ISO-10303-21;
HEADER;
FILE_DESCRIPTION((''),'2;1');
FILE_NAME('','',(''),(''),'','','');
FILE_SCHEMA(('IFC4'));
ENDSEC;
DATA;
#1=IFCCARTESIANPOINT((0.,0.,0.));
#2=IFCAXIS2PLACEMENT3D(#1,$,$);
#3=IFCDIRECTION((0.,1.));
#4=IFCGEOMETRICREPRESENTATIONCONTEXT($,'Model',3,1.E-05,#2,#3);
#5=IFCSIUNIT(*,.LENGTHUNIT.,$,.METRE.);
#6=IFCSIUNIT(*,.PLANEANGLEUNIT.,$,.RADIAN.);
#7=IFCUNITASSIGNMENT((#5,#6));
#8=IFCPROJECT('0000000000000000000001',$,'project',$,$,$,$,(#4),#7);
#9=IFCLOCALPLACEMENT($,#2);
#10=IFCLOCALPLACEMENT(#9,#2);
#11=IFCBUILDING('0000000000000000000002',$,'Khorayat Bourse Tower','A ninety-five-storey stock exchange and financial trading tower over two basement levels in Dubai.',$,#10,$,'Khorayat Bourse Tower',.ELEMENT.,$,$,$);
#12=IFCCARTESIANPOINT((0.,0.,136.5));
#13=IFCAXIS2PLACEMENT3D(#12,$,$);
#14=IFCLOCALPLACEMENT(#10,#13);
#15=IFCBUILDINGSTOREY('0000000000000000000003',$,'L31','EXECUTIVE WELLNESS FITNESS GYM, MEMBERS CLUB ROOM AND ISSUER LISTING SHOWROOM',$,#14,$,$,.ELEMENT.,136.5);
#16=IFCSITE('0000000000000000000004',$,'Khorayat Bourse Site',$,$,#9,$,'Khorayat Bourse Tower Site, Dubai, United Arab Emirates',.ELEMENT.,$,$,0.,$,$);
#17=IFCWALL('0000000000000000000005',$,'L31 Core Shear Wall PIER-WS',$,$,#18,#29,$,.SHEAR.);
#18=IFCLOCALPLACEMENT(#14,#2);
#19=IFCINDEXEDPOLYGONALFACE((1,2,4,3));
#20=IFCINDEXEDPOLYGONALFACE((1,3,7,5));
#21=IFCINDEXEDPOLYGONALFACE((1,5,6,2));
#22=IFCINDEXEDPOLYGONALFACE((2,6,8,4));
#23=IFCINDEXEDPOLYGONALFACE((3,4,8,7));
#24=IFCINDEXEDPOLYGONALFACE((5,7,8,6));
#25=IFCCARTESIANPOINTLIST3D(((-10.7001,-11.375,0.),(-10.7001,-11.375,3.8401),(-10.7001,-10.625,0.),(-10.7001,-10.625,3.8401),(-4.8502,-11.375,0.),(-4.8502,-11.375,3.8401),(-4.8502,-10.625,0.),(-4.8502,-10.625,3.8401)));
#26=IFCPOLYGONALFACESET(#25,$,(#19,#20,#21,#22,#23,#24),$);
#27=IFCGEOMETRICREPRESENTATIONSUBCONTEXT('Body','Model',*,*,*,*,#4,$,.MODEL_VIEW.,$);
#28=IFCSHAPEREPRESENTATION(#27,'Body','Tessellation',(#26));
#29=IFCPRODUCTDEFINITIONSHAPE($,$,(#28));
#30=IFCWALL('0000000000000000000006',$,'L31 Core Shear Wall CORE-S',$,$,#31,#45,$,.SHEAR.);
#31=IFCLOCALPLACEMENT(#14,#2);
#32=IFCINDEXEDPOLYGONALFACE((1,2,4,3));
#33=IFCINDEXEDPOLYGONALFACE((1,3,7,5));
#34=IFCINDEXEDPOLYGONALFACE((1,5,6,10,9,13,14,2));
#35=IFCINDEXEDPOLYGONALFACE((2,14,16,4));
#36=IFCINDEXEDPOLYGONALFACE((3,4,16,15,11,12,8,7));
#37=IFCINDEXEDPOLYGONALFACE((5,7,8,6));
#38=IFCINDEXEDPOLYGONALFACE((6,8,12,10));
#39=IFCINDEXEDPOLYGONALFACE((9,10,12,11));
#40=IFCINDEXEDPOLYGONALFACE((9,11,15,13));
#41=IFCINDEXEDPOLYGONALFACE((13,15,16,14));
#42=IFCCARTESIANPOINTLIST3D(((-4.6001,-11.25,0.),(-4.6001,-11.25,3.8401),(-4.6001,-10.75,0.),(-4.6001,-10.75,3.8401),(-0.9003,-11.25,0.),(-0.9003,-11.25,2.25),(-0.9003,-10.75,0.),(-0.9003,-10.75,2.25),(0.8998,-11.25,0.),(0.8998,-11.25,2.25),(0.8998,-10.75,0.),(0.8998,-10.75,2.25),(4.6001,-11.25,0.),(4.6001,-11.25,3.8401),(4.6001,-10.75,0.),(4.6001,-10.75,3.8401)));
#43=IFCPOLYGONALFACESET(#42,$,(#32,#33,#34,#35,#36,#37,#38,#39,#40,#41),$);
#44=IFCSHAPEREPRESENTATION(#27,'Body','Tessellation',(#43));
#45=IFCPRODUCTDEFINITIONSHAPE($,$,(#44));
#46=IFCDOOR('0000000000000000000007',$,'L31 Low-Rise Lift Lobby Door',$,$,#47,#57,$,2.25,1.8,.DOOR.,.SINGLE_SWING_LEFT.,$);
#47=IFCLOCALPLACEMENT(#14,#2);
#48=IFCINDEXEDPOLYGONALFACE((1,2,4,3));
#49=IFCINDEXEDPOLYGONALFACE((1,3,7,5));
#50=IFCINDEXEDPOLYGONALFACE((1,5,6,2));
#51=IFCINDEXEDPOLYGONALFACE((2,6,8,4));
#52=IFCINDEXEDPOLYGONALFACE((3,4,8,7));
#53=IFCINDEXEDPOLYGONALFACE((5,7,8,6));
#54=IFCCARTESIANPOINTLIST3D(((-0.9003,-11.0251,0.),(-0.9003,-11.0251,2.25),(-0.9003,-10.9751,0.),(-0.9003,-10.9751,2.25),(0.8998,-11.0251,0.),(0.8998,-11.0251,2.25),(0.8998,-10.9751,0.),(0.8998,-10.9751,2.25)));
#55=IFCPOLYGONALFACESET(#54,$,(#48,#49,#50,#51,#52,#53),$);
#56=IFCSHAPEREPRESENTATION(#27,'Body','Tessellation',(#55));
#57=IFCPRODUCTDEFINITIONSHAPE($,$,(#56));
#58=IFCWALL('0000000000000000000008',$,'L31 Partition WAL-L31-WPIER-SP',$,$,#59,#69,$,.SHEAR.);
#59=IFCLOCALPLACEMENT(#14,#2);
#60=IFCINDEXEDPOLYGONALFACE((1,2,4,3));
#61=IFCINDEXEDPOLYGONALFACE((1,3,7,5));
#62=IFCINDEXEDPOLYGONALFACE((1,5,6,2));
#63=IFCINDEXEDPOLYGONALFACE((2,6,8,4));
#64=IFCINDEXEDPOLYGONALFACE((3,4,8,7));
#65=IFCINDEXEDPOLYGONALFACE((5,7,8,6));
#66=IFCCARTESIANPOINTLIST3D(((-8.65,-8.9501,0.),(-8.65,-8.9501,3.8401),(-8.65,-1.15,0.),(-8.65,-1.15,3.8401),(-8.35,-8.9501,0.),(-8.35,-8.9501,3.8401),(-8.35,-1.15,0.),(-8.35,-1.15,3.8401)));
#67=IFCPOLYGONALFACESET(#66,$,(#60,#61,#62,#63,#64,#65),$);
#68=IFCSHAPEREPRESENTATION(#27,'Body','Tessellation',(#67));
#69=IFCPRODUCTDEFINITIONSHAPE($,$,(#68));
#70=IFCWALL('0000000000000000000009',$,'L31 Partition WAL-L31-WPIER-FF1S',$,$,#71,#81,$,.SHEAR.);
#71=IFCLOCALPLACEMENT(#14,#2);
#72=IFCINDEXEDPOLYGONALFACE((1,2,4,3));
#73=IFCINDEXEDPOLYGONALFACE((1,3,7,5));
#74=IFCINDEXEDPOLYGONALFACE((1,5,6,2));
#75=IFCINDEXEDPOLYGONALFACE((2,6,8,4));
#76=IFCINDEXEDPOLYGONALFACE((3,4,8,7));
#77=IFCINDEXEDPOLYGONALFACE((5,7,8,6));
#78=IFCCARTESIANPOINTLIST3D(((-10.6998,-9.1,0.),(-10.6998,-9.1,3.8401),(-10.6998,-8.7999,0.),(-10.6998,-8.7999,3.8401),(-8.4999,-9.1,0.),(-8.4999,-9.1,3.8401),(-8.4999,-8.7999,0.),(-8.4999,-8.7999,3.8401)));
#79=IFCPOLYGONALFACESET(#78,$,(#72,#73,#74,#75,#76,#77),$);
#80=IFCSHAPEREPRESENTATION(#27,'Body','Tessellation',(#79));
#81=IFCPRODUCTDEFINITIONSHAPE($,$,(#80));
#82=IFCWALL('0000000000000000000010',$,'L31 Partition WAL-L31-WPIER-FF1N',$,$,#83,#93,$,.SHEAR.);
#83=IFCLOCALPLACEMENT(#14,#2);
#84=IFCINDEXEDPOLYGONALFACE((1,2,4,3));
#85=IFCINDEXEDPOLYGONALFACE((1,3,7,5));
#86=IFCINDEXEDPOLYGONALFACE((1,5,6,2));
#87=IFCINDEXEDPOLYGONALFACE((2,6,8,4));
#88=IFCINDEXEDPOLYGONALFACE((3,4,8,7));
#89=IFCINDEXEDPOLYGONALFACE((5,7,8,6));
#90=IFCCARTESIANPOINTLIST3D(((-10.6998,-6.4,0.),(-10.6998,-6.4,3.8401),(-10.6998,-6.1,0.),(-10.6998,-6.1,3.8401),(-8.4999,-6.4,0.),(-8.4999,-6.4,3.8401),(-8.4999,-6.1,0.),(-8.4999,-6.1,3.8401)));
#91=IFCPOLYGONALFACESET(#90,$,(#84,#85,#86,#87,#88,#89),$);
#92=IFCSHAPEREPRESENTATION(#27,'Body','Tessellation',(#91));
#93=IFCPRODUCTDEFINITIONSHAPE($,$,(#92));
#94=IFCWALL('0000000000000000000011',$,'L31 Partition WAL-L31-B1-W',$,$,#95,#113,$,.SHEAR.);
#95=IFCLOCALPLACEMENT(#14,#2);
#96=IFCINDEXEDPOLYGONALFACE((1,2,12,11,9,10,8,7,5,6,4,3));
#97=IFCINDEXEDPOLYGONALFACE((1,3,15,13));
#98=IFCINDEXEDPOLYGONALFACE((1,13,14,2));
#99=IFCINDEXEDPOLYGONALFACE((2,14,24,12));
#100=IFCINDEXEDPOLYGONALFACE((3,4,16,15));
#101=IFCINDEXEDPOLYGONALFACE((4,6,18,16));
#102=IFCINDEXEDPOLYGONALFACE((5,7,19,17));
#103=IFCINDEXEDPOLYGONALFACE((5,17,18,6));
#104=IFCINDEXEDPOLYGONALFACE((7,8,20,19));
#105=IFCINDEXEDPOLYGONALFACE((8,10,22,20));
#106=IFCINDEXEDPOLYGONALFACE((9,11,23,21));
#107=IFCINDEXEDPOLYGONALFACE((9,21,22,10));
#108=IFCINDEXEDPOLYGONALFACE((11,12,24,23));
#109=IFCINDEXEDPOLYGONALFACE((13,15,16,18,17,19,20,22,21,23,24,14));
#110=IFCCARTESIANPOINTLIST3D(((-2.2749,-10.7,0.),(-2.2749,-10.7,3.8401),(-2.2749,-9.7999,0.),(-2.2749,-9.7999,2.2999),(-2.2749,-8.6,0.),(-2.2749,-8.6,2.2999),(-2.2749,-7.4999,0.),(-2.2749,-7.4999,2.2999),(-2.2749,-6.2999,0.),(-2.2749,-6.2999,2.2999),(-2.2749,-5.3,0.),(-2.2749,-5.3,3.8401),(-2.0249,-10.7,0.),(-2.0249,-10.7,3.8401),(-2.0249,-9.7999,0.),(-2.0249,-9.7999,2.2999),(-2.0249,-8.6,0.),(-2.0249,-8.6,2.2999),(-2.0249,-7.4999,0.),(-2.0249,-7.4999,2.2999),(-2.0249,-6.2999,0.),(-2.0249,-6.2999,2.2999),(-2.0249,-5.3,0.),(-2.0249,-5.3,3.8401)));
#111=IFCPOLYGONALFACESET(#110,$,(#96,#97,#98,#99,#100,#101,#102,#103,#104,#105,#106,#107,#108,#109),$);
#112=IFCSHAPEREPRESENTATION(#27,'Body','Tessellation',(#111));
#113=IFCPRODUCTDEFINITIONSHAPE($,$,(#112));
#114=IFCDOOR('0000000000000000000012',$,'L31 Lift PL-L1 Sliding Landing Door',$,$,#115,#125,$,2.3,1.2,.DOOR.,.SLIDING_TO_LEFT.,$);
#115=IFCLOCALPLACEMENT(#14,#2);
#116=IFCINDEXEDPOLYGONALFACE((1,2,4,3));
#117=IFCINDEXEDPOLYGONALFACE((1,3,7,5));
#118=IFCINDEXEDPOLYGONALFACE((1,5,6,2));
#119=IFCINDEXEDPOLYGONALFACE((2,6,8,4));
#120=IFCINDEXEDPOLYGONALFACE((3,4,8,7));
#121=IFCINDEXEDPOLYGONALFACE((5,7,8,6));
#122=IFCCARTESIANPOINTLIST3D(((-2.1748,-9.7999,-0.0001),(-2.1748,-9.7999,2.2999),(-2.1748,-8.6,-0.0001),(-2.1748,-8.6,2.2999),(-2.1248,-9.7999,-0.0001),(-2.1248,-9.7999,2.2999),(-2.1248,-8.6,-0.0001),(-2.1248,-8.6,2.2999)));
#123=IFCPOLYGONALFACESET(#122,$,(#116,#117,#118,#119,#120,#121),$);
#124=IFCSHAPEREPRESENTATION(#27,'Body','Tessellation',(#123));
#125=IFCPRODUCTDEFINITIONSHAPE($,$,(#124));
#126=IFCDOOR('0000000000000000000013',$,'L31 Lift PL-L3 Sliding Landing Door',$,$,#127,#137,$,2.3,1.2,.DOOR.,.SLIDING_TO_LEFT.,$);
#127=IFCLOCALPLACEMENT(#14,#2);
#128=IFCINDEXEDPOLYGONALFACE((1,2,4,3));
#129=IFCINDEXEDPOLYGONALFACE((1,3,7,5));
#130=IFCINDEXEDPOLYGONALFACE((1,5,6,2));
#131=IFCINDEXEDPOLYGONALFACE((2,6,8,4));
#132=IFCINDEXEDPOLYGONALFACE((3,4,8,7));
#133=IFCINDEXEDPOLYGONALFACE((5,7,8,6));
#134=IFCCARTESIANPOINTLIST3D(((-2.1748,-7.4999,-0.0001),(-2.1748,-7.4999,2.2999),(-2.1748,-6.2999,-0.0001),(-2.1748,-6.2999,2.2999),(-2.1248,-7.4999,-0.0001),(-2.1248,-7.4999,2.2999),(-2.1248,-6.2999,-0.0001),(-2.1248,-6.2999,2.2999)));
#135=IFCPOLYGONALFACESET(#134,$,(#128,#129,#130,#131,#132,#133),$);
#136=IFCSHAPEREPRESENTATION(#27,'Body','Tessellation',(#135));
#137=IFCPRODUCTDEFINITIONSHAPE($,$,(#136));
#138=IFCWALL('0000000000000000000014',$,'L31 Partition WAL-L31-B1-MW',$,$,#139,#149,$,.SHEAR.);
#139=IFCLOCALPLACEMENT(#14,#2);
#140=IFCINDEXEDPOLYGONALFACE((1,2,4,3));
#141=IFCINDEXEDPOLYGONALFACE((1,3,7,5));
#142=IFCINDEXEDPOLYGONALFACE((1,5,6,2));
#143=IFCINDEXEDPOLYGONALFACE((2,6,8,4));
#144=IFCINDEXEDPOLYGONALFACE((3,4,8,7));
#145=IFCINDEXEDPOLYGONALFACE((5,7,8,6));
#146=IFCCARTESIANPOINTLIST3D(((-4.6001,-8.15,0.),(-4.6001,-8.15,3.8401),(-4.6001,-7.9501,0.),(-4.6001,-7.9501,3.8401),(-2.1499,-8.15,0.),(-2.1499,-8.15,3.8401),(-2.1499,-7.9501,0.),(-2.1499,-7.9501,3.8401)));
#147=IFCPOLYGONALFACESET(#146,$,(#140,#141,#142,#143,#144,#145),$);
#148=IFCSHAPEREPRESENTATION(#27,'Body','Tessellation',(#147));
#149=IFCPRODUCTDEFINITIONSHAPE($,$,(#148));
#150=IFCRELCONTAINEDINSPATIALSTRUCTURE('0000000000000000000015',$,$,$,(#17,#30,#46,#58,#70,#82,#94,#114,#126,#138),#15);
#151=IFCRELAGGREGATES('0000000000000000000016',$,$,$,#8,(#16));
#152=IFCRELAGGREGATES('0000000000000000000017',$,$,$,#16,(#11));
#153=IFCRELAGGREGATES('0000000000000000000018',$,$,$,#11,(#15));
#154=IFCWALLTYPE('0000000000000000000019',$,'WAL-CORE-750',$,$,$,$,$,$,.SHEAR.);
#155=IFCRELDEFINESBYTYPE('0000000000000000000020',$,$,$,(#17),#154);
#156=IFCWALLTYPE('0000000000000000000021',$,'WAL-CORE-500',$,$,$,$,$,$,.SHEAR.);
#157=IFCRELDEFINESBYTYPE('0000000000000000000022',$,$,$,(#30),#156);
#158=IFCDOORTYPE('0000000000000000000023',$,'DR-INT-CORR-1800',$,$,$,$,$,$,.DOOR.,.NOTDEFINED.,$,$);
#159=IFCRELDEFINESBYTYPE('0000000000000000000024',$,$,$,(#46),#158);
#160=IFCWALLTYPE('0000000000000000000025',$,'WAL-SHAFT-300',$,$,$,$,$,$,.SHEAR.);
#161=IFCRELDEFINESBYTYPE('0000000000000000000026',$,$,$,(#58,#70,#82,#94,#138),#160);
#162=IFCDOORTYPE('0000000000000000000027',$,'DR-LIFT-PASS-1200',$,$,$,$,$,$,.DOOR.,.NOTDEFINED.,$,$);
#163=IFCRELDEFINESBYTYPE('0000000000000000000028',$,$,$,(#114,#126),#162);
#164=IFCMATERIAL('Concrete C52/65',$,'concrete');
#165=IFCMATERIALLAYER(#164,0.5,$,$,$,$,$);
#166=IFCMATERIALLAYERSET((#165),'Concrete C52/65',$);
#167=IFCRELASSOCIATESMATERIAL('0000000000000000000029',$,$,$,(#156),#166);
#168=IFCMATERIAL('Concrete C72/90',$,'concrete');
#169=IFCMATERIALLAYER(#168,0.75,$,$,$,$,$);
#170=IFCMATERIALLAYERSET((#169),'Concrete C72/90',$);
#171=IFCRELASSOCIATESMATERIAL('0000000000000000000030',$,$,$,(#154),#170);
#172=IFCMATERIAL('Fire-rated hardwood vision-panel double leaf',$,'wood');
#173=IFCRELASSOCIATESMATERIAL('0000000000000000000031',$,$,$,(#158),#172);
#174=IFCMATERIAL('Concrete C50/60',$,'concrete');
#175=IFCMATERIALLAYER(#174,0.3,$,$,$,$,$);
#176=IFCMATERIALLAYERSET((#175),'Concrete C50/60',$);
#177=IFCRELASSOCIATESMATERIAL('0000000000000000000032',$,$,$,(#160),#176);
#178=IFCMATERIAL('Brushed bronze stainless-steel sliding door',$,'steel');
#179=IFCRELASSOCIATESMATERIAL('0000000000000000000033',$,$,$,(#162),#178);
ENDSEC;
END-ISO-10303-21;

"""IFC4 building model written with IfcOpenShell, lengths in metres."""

from ifc_helpers import new_model, si_unit, direction, frame, frame_2d, origin, place, context, subcontext, project, spatial, rectangle, extrude, source, transform, mapped, material, layer, layer_set, type_object, element, fill, save


model = new_model("IFC4")

# Units and contexts
model_context = context("Model", 3, precision=1e-05, world=origin(), true_north=direction((0.0, 1.0)))
body_context = subcontext(model_context, "Body", "Model", "MODEL_VIEW")
ifc_project = project(units=[si_unit("LENGTHUNIT", "METRE"), si_unit("PLANEANGLEUNIT", "RADIAN")], contexts=[model_context])

# Site, building, storey
site_placement = place(None, origin())
site = spatial("IfcSite", under=ifc_project, at=site_placement, Name="Khorayat Bourse Site", LongName="Khorayat Bourse Tower Site, Dubai, United Arab Emirates", CompositionType="ELEMENT", RefElevation=0.0)
building_placement = place(site_placement, origin())
building = spatial("IfcBuilding", under=site, at=building_placement, Name="Khorayat Bourse Tower", Description="A ninety-five-storey stock exchange and financial trading tower over two basement levels in Dubai.", LongName="Khorayat Bourse Tower", CompositionType="ELEMENT")
storey_placement = place(building_placement, frame((0.0, 0.0, 136.5)))
storey = spatial("IfcBuildingStorey", under=building, at=storey_placement, Name="L31", Description="EXECUTIVE WELLNESS FITNESS GYM, MEMBERS CLUB ROOM AND ISSUER LISTING SHOWROOM", CompositionType="ELEMENT", Elevation=136.5)

# Shared definitions
ifc_material_1 = material(Name="Concrete C72/90", Category="concrete")

# Wall
ifc_material_2 = material(Name="Concrete C52/65", Category="concrete")
ifc_layer_1 = layer(ifc_material_2, 0.5)
ifc_layer_set_1 = layer_set([ifc_layer_1], Name="Concrete C52/65")
wall_type_1 = type_object("IfcWallType", Name="WAL-CORE-500", PredefinedType="SHEAR", material=ifc_layer_set_1)
ifc_layer_2 = layer(ifc_material_1, 0.75)
ifc_layer_set_2 = layer_set([ifc_layer_2], Name="Concrete C72/90")
wall_type_2 = type_object("IfcWallType", Name="WAL-CORE-750", PredefinedType="SHEAR", material=ifc_layer_set_2)
shared_shape_1 = source(origin(), body_context, "Body", "SweptSolid", [
    extrude(rectangle(XDim=5.8499, YDim=0.75, at=frame_2d((2.9248, 0.0))), origin(), (0.0, 0.0, 1.0), 3.8401),
])
wall_1_placement = place(storey_placement, frame((-10.7, -11.0, 0.0), z_axis=(0.0, 0.0, 1.0), x_axis=(1.0, 0.0, 0.0)))
element("IfcWall", 1, at=wall_1_placement, inside=storey, type_object=wall_type_2, Name="L31 Core Shear Wall PIER-WS", PredefinedType="SHEAR", context=body_context, shape_type="MappedRepresentation", body=[
    mapped(shared_shape_1, transform((0.0, 0.0, 0.0), scale=1.0)),
])

# Wall, opening, door
shared_shape_2 = source(origin(), body_context, "Body", "SweptSolid", [
    extrude(rectangle(XDim=9.2002, YDim=0.5, at=frame_2d((4.6001, 0.0))), origin(), (0.0, 0.0, 1.0), 3.8401),
])
wall_2_placement = place(storey_placement, frame((-4.6001, -11.0, 0.0), z_axis=(0.0, 0.0, 1.0), x_axis=(1.0, 0.0, 0.0)))
wall_2 = element("IfcWall", 2, at=wall_2_placement, inside=storey, type_object=wall_type_1, Name="L31 Core Shear Wall CORE-S", PredefinedType="SHEAR", context=body_context, shape_type="MappedRepresentation", body=[
    mapped(shared_shape_2, transform((0.0, 0.0, 0.0), scale=1.0)),
])
shared_shape_3 = source(origin(), body_context, "Body", "SweptSolid", [
    extrude(rectangle(XDim=1.8, YDim=2.25, at=frame_2d((0.8999, 1.125))), frame((0.0, 0.26, 0.0), z_axis=(0.0, -1.0, 0.0), x_axis=(1.0, 0.0, 0.0)), (0.0, 0.0, 1.0), 0.52),
])
opening_1_placement = place(wall_2_placement, frame((3.7, 0.0, 0.0)))
opening_1 = element("IfcOpeningElement", 3, at=opening_1_placement, cuts=wall_2, PredefinedType="OPENING", context=body_context, shape_type="MappedRepresentation", body=[
    mapped(shared_shape_3, transform((0.0, 0.0, 0.0), scale=1.0)),
])
ifc_material_3 = material(Name="Fire-rated hardwood vision-panel double leaf", Category="wood")
door_type_1 = type_object("IfcDoorType", Name="DR-INT-CORR-1800", OperationType="NOTDEFINED", PredefinedType="DOOR", material=ifc_material_3)
shared_shape_4 = source(origin(), body_context, "Body", "SweptSolid", [
    extrude(rectangle(XDim=1.8, YDim=2.25, at=frame_2d((0.8999, 1.125))), frame((0.0, 0.0249, 0.0), z_axis=(0.0, -1.0, 0.0), x_axis=(1.0, 0.0, 0.0)), (0.0, 0.0, 1.0), 0.05),
])
door_1_placement = place(opening_1_placement, origin())
door_1 = element("IfcDoor", 4, at=door_1_placement, inside=storey, type_object=door_type_1, Name="L31 Low-Rise Lift Lobby Door", OperationType="SINGLE_SWING_LEFT", OverallHeight=2.25, OverallWidth=1.8, PredefinedType="DOOR", context=body_context, shape_type="MappedRepresentation", body=[
    mapped(shared_shape_4, transform((0.0, 0.0, 0.0), scale=1.0)),
])
fill(opening_1, door_1)

# Walls
ifc_material_4 = material(Name="Concrete C50/60", Category="concrete")
ifc_layer_3 = layer(ifc_material_4, 0.3)
ifc_layer_set_3 = layer_set([ifc_layer_3], Name="Concrete C50/60")
wall_type_3 = type_object("IfcWallType", Name="WAL-SHAFT-300", PredefinedType="SHEAR", material=ifc_layer_set_3)
shared_shape_5 = source(origin(), body_context, "Body", "SweptSolid", [
    extrude(rectangle(XDim=7.8, YDim=0.3, at=frame_2d((3.8999, 0.0))), origin(), (0.0, 0.0, 1.0), 3.8401),
])
wall_3_placement = place(storey_placement, frame((-8.5, -8.95, 0.0), z_axis=(0.0, 0.0, 1.0), x_axis=(0.0, 1.0, 0.0)))
element("IfcWall", 5, at=wall_3_placement, inside=storey, type_object=wall_type_3, Name="L31 Partition WAL-L31-WPIER-SP", PredefinedType="SHEAR", context=body_context, shape_type="MappedRepresentation", body=[
    mapped(shared_shape_5, transform((0.0, 0.0, 0.0), scale=1.0)),
])
shared_shape_6 = source(origin(), body_context, "Body", "SweptSolid", [
    extrude(rectangle(XDim=2.2, YDim=0.3, at=frame_2d((1.1001, 0.0))), origin(), (0.0, 0.0, 1.0), 3.8401),
])
for number, where, z_axis, x_axis, name in (
    (6, (-10.7, -8.95, 0.0), (0.0, 0.0, 1.0), (1.0, 0.0, 0.0), "L31 Partition WAL-L31-WPIER-FF1S"),
    (7, (-10.7, -6.25, 0.0), (0.0, 0.0, 1.0), (1.0, 0.0, 0.0), "L31 Partition WAL-L31-WPIER-FF1N"),
):
    element("IfcWall", number, at=place(storey_placement, frame(where, z_axis=z_axis, x_axis=x_axis)), inside=storey, type_object=wall_type_3, Name=name, PredefinedType="SHEAR", context=body_context, shape_type="MappedRepresentation", body=[
        mapped(shared_shape_6, transform((0.0, 0.0, 0.0), scale=1.0)),
    ])

# Wall, openings, doors
shared_shape_7 = source(origin(), body_context, "Body", "SweptSolid", [
    extrude(rectangle(XDim=5.3999, YDim=0.25, at=frame_2d((2.7, 0.0))), origin(), (0.0, 0.0, 1.0), 3.8401),
])
wall_4_placement = place(storey_placement, frame((-2.1499, -10.7, 0.0), z_axis=(0.0, 0.0, 1.0), x_axis=(0.0, 1.0, 0.0)))
wall_4 = element("IfcWall", 8, at=wall_4_placement, inside=storey, type_object=wall_type_3, Name="L31 Partition WAL-L31-B1-W", PredefinedType="SHEAR", context=body_context, shape_type="MappedRepresentation", body=[
    mapped(shared_shape_7, transform((0.0, 0.0, 0.0), scale=1.0)),
])
shared_shape_8 = source(origin(), body_context, "Body", "SweptSolid", [
    extrude(rectangle(XDim=1.2, YDim=2.3, at=frame_2d((0.6001, 1.1499))), frame((0.0, 0.135, 0.0), z_axis=(0.0, -1.0, 0.0), x_axis=(1.0, 0.0, 0.0)), (0.0, 0.0, 1.0), 0.27),
])
opening_2_placement = place(wall_4_placement, frame((0.8999, 0.0, 0.0)))
opening_2 = element("IfcOpeningElement", 9, at=opening_2_placement, cuts=wall_4, PredefinedType="OPENING", context=body_context, shape_type="MappedRepresentation", body=[
    mapped(shared_shape_8, transform((0.0, 0.0, 0.0), scale=1.0)),
])
opening_3_placement = place(wall_4_placement, frame((3.2, 0.0, 0.0)))
opening_3 = element("IfcOpeningElement", 10, at=opening_3_placement, cuts=wall_4, PredefinedType="OPENING", context=body_context, shape_type="MappedRepresentation", body=[
    mapped(shared_shape_8, transform((0.0, 0.0, 0.0), scale=1.0)),
])
ifc_material_5 = material(Name="Brushed bronze stainless-steel sliding door", Category="steel")
door_type_2 = type_object("IfcDoorType", Name="DR-LIFT-PASS-1200", OperationType="NOTDEFINED", PredefinedType="DOOR", material=ifc_material_5)
shared_shape_9 = source(origin(), body_context, "Body", "SweptSolid", [
    extrude(rectangle(XDim=1.2, YDim=2.3, at=frame_2d((0.6001, 1.1499))), frame((0.0, 0.0249, 0.0), z_axis=(0.0, -1.0, 0.0), x_axis=(1.0, 0.0, 0.0)), (0.0, 0.0, 1.0), 0.05),
])
door_2_placement = place(opening_2_placement, origin())
door_2 = element("IfcDoor", 11, at=door_2_placement, inside=storey, type_object=door_type_2, Name="L31 Lift PL-L1 Sliding Landing Door", OperationType="SLIDING_TO_LEFT", OverallHeight=2.3, OverallWidth=1.2, PredefinedType="DOOR", context=body_context, shape_type="MappedRepresentation", body=[
    mapped(shared_shape_9, transform((0.0, 0.0, 0.0), scale=1.0)),
])
fill(opening_2, door_2)
door_3_placement = place(opening_3_placement, origin())
door_3 = element("IfcDoor", 12, at=door_3_placement, inside=storey, type_object=door_type_2, Name="L31 Lift PL-L3 Sliding Landing Door", OperationType="SLIDING_TO_LEFT", OverallHeight=2.3, OverallWidth=1.2, PredefinedType="DOOR", context=body_context, shape_type="MappedRepresentation", body=[
    mapped(shared_shape_9, transform((0.0, 0.0, 0.0), scale=1.0)),
])
fill(opening_3, door_3)

# Wall
shared_shape_10 = source(origin(), body_context, "Body", "SweptSolid", [
    extrude(rectangle(XDim=2.4502, YDim=0.2, at=frame_2d((1.2251, 0.0))), origin(), (0.0, 0.0, 1.0), 3.8401),
])
wall_5_placement = place(storey_placement, frame((-4.6001, -8.05, 0.0), z_axis=(0.0, 0.0, 1.0), x_axis=(1.0, 0.0, 0.0)))
element("IfcWall", 13, at=wall_5_placement, inside=storey, type_object=wall_type_3, Name="L31 Partition WAL-L31-B1-MW", PredefinedType="SHEAR", context=body_context, shape_type="MappedRepresentation", body=[
    mapped(shared_shape_10, transform((0.0, 0.0, 0.0), scale=1.0)),
])

save(model, "model.ifc")
